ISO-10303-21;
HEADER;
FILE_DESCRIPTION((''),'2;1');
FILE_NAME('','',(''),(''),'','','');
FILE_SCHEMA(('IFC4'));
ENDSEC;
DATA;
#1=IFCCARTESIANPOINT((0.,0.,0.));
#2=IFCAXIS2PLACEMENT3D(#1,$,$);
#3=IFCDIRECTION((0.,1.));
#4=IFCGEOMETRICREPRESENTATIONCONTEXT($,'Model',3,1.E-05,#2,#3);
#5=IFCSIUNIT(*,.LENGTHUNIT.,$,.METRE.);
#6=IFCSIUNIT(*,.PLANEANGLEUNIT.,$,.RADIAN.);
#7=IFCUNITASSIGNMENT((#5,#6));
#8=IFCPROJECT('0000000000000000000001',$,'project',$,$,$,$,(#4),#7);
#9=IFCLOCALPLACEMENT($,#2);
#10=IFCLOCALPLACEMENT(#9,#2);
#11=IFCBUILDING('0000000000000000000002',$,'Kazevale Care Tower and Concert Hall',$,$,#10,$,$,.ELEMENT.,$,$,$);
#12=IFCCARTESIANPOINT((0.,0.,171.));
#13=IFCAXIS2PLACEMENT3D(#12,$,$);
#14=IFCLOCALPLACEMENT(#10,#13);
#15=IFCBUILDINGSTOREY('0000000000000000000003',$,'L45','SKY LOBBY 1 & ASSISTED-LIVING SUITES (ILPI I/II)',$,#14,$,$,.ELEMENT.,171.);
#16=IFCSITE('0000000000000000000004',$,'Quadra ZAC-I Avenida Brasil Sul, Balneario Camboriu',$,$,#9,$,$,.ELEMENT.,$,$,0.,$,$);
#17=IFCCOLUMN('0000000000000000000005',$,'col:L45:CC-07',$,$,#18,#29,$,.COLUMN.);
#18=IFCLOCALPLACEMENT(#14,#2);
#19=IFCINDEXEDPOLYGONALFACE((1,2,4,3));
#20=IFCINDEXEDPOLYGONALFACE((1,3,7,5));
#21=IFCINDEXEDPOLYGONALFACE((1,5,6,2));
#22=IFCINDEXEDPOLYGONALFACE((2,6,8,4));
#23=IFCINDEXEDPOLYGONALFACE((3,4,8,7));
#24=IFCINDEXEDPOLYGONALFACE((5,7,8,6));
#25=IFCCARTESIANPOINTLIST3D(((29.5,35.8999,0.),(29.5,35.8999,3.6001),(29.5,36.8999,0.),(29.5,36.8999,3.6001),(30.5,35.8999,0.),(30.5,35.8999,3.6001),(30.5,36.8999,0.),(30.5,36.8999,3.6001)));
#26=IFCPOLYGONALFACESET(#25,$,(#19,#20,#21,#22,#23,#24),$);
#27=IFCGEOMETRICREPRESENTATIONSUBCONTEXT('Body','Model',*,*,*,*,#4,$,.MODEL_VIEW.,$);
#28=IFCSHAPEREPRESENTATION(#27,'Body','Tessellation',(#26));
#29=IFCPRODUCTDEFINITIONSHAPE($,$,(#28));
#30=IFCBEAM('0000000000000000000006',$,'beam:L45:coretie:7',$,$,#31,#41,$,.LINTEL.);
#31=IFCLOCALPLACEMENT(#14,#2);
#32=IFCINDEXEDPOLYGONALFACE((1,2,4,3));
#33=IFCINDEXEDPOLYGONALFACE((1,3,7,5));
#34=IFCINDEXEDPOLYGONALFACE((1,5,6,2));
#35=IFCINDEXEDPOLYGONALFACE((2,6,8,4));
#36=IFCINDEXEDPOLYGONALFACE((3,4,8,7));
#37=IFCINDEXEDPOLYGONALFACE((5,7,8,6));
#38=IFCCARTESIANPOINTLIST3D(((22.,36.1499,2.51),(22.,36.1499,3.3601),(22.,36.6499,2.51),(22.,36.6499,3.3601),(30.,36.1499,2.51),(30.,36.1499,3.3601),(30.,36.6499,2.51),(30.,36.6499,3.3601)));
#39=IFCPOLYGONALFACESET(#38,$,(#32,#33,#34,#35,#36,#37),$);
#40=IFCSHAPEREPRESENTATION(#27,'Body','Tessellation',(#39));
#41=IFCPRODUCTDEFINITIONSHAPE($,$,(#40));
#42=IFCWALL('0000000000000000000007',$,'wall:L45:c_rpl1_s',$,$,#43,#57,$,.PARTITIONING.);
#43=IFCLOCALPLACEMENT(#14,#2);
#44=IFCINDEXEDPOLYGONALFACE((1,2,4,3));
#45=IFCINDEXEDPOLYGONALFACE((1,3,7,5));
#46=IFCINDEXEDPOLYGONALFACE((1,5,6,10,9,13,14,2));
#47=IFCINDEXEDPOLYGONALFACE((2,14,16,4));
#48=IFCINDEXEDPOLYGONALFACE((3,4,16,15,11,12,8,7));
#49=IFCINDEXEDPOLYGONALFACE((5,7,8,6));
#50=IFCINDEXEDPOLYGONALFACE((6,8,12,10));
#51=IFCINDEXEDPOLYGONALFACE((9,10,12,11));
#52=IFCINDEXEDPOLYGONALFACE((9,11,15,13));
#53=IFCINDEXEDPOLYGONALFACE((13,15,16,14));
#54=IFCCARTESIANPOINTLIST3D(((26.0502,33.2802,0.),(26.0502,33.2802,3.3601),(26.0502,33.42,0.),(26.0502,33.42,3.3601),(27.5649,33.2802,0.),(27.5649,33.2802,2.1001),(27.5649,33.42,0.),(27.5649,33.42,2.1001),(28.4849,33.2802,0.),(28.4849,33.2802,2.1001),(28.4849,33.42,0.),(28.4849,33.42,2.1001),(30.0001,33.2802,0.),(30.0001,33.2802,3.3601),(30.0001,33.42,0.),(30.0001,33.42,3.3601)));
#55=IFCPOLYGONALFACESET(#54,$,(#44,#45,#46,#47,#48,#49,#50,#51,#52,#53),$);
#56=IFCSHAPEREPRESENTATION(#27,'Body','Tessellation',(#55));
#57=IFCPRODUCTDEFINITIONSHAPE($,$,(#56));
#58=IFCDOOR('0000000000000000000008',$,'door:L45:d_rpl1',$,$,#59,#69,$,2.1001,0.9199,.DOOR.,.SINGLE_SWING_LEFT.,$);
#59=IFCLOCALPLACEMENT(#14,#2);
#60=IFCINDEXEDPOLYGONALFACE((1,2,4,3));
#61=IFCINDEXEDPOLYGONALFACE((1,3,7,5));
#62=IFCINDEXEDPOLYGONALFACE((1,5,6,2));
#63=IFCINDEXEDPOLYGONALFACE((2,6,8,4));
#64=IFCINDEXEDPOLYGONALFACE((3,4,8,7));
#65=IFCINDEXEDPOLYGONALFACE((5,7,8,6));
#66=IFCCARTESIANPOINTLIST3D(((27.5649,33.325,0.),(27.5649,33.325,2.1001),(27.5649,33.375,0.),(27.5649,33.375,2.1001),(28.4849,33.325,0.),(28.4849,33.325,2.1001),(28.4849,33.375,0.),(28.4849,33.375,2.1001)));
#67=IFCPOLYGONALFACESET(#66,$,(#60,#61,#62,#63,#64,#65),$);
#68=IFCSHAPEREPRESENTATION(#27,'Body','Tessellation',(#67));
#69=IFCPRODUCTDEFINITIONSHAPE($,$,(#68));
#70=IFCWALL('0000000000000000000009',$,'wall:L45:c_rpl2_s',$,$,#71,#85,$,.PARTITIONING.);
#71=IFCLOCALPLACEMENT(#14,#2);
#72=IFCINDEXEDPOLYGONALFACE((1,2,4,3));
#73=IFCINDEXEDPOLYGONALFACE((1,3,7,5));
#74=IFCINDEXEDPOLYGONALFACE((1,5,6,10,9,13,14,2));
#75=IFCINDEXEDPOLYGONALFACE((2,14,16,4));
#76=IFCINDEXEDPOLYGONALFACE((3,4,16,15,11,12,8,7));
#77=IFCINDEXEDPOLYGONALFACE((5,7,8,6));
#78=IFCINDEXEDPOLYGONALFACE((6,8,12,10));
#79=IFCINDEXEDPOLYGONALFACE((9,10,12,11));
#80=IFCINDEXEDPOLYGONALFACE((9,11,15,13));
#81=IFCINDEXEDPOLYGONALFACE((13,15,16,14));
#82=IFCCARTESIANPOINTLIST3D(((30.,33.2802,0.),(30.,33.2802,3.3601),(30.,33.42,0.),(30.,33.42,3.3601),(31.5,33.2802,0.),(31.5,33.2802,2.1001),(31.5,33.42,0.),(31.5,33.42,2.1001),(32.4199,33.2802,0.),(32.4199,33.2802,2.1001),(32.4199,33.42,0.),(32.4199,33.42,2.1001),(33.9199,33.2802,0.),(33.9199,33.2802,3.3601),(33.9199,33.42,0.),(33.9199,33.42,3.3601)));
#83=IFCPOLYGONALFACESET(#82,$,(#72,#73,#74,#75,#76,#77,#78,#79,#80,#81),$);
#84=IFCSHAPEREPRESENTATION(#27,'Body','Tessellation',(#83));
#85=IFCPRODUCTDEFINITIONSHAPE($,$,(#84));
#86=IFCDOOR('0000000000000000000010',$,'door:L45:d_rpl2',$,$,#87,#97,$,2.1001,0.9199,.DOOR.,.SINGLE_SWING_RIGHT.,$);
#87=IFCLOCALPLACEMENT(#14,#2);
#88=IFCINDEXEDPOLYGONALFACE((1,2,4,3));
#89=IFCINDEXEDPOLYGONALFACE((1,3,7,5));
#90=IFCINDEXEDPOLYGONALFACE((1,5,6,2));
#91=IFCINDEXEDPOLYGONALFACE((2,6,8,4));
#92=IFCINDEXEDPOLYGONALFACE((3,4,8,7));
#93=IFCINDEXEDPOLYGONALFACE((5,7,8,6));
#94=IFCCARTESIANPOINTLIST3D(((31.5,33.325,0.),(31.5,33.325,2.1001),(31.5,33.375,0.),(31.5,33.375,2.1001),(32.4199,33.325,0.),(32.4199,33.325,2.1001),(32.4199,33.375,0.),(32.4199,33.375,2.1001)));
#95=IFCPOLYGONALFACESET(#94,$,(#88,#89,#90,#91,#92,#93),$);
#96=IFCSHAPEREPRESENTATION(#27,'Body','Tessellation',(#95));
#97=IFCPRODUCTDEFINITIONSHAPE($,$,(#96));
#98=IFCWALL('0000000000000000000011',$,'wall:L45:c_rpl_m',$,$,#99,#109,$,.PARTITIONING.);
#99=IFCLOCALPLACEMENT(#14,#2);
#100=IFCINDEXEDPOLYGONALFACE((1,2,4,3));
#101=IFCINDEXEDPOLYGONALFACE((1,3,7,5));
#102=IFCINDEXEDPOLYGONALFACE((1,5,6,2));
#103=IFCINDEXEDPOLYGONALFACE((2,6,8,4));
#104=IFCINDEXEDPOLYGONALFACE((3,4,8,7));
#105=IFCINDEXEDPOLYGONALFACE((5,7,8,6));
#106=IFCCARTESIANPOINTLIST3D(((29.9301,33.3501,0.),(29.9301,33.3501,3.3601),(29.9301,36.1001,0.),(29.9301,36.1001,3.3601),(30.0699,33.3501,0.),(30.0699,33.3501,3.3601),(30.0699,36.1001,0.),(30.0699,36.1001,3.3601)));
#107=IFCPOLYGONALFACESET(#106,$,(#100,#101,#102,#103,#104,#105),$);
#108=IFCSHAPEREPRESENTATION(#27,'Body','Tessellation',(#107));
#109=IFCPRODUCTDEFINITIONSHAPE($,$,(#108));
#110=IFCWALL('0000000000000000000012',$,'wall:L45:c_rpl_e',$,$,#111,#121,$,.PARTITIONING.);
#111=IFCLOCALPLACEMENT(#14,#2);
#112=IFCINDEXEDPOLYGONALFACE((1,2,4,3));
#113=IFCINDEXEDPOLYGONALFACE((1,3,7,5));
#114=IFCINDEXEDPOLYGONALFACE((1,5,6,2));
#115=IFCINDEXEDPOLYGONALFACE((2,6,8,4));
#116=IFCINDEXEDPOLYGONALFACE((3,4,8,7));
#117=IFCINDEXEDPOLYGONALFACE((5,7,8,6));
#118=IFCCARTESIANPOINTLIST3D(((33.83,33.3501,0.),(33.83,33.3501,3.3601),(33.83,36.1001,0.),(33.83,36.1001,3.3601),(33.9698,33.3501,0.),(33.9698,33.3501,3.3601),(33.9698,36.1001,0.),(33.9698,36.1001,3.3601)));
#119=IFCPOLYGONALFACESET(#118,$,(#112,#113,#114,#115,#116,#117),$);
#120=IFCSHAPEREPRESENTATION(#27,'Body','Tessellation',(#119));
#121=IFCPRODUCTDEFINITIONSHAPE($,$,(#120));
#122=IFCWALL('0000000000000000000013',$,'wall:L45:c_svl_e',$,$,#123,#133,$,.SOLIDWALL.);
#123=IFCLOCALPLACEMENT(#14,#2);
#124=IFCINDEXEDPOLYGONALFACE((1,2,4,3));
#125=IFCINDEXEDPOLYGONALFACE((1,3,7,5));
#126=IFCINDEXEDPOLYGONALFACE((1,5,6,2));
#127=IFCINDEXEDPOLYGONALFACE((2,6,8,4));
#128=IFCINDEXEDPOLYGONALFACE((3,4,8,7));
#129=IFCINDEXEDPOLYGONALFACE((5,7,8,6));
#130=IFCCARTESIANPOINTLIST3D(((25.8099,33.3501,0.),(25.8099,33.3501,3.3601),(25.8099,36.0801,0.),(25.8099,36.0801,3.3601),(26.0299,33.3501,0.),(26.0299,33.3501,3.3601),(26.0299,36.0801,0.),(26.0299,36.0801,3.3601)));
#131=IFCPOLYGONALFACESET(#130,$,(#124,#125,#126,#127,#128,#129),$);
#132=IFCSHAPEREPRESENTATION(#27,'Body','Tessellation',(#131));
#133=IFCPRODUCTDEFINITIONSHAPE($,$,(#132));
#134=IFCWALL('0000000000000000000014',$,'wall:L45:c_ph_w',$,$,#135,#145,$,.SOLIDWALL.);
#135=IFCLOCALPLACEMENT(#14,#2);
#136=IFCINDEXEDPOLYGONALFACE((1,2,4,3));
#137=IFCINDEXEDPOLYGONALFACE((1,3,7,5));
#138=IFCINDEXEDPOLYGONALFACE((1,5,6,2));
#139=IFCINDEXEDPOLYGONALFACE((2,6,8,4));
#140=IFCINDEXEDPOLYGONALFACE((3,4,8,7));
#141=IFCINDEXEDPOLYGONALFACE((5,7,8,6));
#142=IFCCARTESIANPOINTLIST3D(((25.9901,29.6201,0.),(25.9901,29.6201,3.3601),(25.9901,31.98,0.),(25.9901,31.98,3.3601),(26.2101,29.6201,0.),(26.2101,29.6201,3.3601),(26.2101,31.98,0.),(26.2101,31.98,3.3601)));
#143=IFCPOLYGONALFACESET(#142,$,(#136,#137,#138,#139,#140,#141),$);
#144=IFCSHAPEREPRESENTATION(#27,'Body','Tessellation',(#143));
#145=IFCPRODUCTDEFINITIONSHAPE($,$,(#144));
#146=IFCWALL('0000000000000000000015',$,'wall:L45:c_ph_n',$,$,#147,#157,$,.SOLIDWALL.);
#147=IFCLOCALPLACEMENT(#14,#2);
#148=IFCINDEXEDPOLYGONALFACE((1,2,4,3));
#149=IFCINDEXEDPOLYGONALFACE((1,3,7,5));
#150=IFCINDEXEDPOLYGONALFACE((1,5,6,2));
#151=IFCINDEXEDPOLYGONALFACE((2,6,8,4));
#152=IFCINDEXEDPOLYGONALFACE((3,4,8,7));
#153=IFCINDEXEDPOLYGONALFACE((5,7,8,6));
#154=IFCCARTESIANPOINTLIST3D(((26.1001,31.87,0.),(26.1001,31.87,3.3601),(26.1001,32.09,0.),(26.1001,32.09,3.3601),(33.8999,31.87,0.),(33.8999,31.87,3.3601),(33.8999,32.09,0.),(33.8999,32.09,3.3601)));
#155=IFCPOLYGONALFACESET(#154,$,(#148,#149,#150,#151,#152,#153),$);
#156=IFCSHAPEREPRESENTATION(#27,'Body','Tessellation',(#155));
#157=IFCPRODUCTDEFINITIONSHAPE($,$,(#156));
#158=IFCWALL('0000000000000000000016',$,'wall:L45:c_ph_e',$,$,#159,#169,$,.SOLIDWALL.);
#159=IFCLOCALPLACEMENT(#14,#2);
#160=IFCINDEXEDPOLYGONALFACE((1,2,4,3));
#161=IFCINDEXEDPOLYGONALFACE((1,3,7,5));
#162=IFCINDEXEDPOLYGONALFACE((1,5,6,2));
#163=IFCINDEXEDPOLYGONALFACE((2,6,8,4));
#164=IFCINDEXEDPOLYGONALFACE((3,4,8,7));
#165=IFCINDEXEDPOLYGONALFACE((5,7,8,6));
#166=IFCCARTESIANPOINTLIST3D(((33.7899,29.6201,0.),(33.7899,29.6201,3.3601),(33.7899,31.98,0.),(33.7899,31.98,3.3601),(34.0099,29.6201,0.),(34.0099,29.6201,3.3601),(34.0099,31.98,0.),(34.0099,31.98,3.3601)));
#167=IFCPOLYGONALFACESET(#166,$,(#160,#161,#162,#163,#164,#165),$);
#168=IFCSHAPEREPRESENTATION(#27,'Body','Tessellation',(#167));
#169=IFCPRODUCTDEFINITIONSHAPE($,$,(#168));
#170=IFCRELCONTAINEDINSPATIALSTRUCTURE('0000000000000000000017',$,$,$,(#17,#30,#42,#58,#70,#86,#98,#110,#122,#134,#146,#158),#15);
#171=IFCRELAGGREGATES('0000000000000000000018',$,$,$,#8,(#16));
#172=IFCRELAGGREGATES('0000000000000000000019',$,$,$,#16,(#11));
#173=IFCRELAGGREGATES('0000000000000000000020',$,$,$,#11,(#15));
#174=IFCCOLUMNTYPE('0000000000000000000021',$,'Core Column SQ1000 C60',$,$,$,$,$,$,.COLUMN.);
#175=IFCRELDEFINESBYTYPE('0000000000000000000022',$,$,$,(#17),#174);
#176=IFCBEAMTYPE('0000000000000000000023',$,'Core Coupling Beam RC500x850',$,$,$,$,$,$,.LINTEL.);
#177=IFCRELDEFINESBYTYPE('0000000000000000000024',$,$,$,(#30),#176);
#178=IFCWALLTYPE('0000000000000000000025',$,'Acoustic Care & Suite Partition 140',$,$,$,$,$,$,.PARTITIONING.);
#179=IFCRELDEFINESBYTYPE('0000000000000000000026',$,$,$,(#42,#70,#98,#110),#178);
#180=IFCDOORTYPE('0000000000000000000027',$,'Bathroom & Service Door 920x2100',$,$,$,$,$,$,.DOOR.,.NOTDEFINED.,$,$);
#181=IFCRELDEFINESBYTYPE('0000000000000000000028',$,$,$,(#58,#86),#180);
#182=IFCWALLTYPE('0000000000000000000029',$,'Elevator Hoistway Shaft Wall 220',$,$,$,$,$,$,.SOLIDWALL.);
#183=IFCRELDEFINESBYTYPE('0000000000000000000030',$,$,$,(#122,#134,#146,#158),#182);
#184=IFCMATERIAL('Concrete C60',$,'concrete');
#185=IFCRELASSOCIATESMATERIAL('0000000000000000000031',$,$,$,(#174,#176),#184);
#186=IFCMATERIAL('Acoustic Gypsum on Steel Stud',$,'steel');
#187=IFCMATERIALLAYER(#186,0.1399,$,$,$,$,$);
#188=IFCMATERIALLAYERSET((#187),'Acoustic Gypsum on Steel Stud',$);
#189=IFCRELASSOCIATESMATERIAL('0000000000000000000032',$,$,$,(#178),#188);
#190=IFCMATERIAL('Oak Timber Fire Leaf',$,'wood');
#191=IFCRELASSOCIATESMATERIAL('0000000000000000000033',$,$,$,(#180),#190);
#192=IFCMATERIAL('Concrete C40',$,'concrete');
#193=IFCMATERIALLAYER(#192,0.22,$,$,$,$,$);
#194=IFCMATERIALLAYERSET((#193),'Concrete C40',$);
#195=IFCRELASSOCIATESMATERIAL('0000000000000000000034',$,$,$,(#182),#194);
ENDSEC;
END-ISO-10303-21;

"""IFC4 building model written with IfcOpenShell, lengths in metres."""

from ifc_helpers import new_model, si_unit, direction, frame, frame_2d, origin, origin_2d, place, context, subcontext, project, spatial, rectangle, extrude, material, layer, layer_set, material_profile, profile_set, type_object, element, fill, save


model = new_model("IFC4")

# Units and contexts
model_context = context("Model", 3, precision=1e-05, world=origin(), true_north=direction((0.0, 1.0)))
body_context = subcontext(model_context, "Body", "Model", "MODEL_VIEW")
ifc_project = project(units=[si_unit("LENGTHUNIT", "METRE"), si_unit("PLANEANGLEUNIT", "RADIAN")], contexts=[model_context])

# Site, building, storey
site_placement = place(None, origin())
site = spatial("IfcSite", under=ifc_project, at=site_placement, Name="Quadra ZAC-I Avenida Brasil Sul, Balneario Camboriu", CompositionType="ELEMENT", RefElevation=0.0)
building_placement = place(site_placement, origin())
building = spatial("IfcBuilding", under=site, at=building_placement, Name="Kazevale Care Tower and Concert Hall", CompositionType="ELEMENT")
storey_placement = place(building_placement, frame((0.0, 0.0, 171.0)))
storey = spatial("IfcBuildingStorey", under=building, at=storey_placement, Name="L45", Description="SKY LOBBY 1 & ASSISTED-LIVING SUITES (ILPI I/II)", CompositionType="ELEMENT", Elevation=171.0)

# Column
ifc_material_1 = material(Name="Concrete C60", Category="concrete")
ifc_material_profile_1 = material_profile(ifc_material_1, rectangle(XDim=1.0, YDim=1.0, at=origin_2d()), Name="RC-SQ1000")
ifc_profile_set_1 = profile_set([ifc_material_profile_1], Name="Concrete C60")
column_type = type_object("IfcColumnType", Name="Core Column SQ1000 C60", PredefinedType="COLUMN", material=ifc_profile_set_1)
column_placement = place(storey_placement, frame((30.0, 36.3999, 0.0), z_axis=(0.0, 0.0, 1.0), x_axis=(1.0, 0.0, 0.0)))
element("IfcColumn", 1, at=column_placement, inside=storey, type_object=column_type, Name="col:L45:CC-07", PredefinedType="COLUMN", context=body_context, shape_type="SweptSolid", body=[
    extrude(rectangle(XDim=1.0, YDim=1.0, at=origin_2d()), origin(), (0.0, 0.0, 1.0), 3.6001),
])

# Beam
ifc_material_profile_2 = material_profile(ifc_material_1, rectangle(XDim=0.5, YDim=0.8501, at=origin_2d()), Name="RC-B500x850")
ifc_profile_set_2 = profile_set([ifc_material_profile_2], Name="Concrete C60")
beam_type = type_object("IfcBeamType", Name="Core Coupling Beam RC500x850", PredefinedType="LINTEL", material=ifc_profile_set_2)
beam_placement = place(storey_placement, frame((30.0, 36.3999, 2.9351), z_axis=(-1.0, 0.0, 0.0), x_axis=(0.0, -1.0, 0.0)))
element("IfcBeam", 2, at=beam_placement, inside=storey, type_object=beam_type, Name="beam:L45:coretie:7", PredefinedType="LINTEL", context=body_context, shape_type="SweptSolid", body=[
    extrude(rectangle(XDim=0.5, YDim=0.8501, at=origin_2d()), origin(), (0.0, 0.0, 1.0), 8.0),
])

# Walls, openings, doors
ifc_material_2 = material(Name="Acoustic Gypsum on Steel Stud", Category="steel")
ifc_layer_1 = layer(ifc_material_2, 0.1399)
ifc_layer_set_1 = layer_set([ifc_layer_1], Name="Acoustic Gypsum on Steel Stud")
wall_type_1 = type_object("IfcWallType", Name="Acoustic Care & Suite Partition 140", PredefinedType="PARTITIONING", material=ifc_layer_set_1)
wall_1_placement = place(storey_placement, frame((26.05, 33.3501, 0.0), z_axis=(0.0, 0.0, 1.0), x_axis=(1.0, 0.0, 0.0)))
wall_1 = element("IfcWall", 3, at=wall_1_placement, inside=storey, type_object=wall_type_1, Name="wall:L45:c_rpl1_s", PredefinedType="PARTITIONING", context=body_context, shape_type="SweptSolid", body=[
    extrude(rectangle(XDim=3.95, YDim=0.1399, at=frame_2d((1.9751, 0.0))), origin(), (0.0, 0.0, 1.0), 3.3601),
])
opening_1_placement = place(wall_1_placement, frame((1.5149, 0.0, 0.0)))
opening_1 = element("IfcOpeningElement", 4, at=opening_1_placement, cuts=wall_1, PredefinedType="OPENING", context=body_context, shape_type="SweptSolid", body=[
    extrude(rectangle(XDim=0.9199, YDim=2.1001, at=frame_2d((0.46, 1.05))), frame((0.0, 0.0798, 0.0), z_axis=(0.0, -1.0, 0.0), x_axis=(1.0, 0.0, 0.0)), (0.0, 0.0, 1.0), 0.1599),
])
ifc_material_3 = material(Name="Oak Timber Fire Leaf", Category="wood")
door_type_1 = type_object("IfcDoorType", Name="Bathroom & Service Door 920x2100", OperationType="NOTDEFINED", PredefinedType="DOOR", material=ifc_material_3)
door_1_placement = place(opening_1_placement, origin())
door_1 = element("IfcDoor", 5, at=door_1_placement, inside=storey, type_object=door_type_1, Name="door:L45:d_rpl1", OperationType="SINGLE_SWING_LEFT", OverallHeight=2.1001, OverallWidth=0.9199, PredefinedType="DOOR", context=body_context, shape_type="SweptSolid", body=[
    extrude(rectangle(XDim=0.9199, YDim=2.1001, at=frame_2d((0.46, 1.05))), frame((0.0, 0.0249, 0.0), z_axis=(0.0, -1.0, 0.0), x_axis=(1.0, 0.0, 0.0)), (0.0, 0.0, 1.0), 0.05),
])
fill(opening_1, door_1)
wall_2_placement = place(storey_placement, frame((30.0, 33.3501, 0.0), z_axis=(0.0, 0.0, 1.0), x_axis=(1.0, 0.0, 0.0)))
wall_2 = element("IfcWall", 6, at=wall_2_placement, inside=storey, type_object=wall_type_1, Name="wall:L45:c_rpl2_s", PredefinedType="PARTITIONING", context=body_context, shape_type="SweptSolid", body=[
    extrude(rectangle(XDim=3.9199, YDim=0.1399, at=frame_2d((1.96, 0.0))), origin(), (0.0, 0.0, 1.0), 3.3601),
])
opening_2_placement = place(wall_2_placement, frame((1.5, 0.0, 0.0)))
opening_2 = element("IfcOpeningElement", 7, at=opening_2_placement, cuts=wall_2, PredefinedType="OPENING", context=body_context, shape_type="SweptSolid", body=[
    extrude(rectangle(XDim=0.9199, YDim=2.1001, at=frame_2d((0.46, 1.05))), frame((0.0, 0.0798, 0.0), z_axis=(0.0, -1.0, 0.0), x_axis=(1.0, 0.0, 0.0)), (0.0, 0.0, 1.0), 0.1599),
])
door_2_placement = place(opening_2_placement, origin())
door_2 = element("IfcDoor", 8, at=door_2_placement, inside=storey, type_object=door_type_1, Name="door:L45:d_rpl2", OperationType="SINGLE_SWING_RIGHT", OverallHeight=2.1001, OverallWidth=0.9199, PredefinedType="DOOR", context=body_context, shape_type="SweptSolid", body=[
    extrude(rectangle(XDim=0.9199, YDim=2.1001, at=frame_2d((0.46, 1.05))), frame((0.0, 0.0249, 0.0), z_axis=(0.0, -1.0, 0.0), x_axis=(1.0, 0.0, 0.0)), (0.0, 0.0, 1.0), 0.05),
])
fill(opening_2, door_2)

# Walls
for number, where, z_axis, x_axis, name in (
    (9, (30.0, 33.3501, 0.0), (0.0, 0.0, 1.0), (0.0, 1.0, 0.0), "wall:L45:c_rpl_m"),
    (10, (33.8999, 33.3501, 0.0), (0.0, 0.0, 1.0), (0.0, 1.0, 0.0), "wall:L45:c_rpl_e"),
):
    element("IfcWall", number, at=place(storey_placement, frame(where, z_axis=z_axis, x_axis=x_axis)), inside=storey, type_object=wall_type_1, Name=name, PredefinedType="PARTITIONING", context=body_context, shape_type="SweptSolid", body=[
        extrude(rectangle(XDim=2.75, YDim=0.1399, at=frame_2d((1.375, 0.0))), origin(), (0.0, 0.0, 1.0), 3.3601),
    ])
ifc_material_4 = material(Name="Concrete C40", Category="concrete")
ifc_layer_2 = layer(ifc_material_4, 0.22)
ifc_layer_set_2 = layer_set([ifc_layer_2], Name="Concrete C40")
wall_type_2 = type_object("IfcWallType", Name="Elevator Hoistway Shaft Wall 220", PredefinedType="SOLIDWALL", material=ifc_layer_set_2)
wall_3_placement = place(storey_placement, frame((25.9199, 33.3501, 0.0), z_axis=(0.0, 0.0, 1.0), x_axis=(0.0, 1.0, 0.0)))
element("IfcWall", 11, at=wall_3_placement, inside=storey, type_object=wall_type_2, Name="wall:L45:c_svl_e", PredefinedType="SOLIDWALL", context=body_context, shape_type="SweptSolid", body=[
    extrude(rectangle(XDim=2.73, YDim=0.22, at=frame_2d((1.365, 0.0))), origin(), (0.0, 0.0, 1.0), 3.3601),
])
wall_4_placement = place(storey_placement, frame((26.1001, 29.6201, 0.0), z_axis=(0.0, 0.0, 1.0), x_axis=(0.0, 1.0, 0.0)))
element("IfcWall", 12, at=wall_4_placement, inside=storey, type_object=wall_type_2, Name="wall:L45:c_ph_w", PredefinedType="SOLIDWALL", context=body_context, shape_type="SweptSolid", body=[
    extrude(rectangle(XDim=2.3599, YDim=0.22, at=frame_2d((1.1799, 0.0))), origin(), (0.0, 0.0, 1.0), 3.3601),
])
wall_5_placement = place(storey_placement, frame((26.1001, 31.98, 0.0), z_axis=(0.0, 0.0, 1.0), x_axis=(1.0, 0.0, 0.0)))
element("IfcWall", 13, at=wall_5_placement, inside=storey, type_object=wall_type_2, Name="wall:L45:c_ph_n", PredefinedType="SOLIDWALL", context=body_context, shape_type="SweptSolid", body=[
    extrude(rectangle(XDim=7.7998, YDim=0.22, at=frame_2d((3.8999, 0.0))), origin(), (0.0, 0.0, 1.0), 3.3601),
])
wall_6_placement = place(storey_placement, frame((33.8999, 29.6201, 0.0), z_axis=(0.0, 0.0, 1.0), x_axis=(0.0, 1.0, 0.0)))
element("IfcWall", 14, at=wall_6_placement, inside=storey, type_object=wall_type_2, Name="wall:L45:c_ph_e", PredefinedType="SOLIDWALL", context=body_context, shape_type="SweptSolid", body=[
    extrude(rectangle(XDim=2.3599, YDim=0.22, at=frame_2d((1.1799, 0.0))), origin(), (0.0, 0.0, 1.0), 3.3601),
])

save(model, "model.ifc")
